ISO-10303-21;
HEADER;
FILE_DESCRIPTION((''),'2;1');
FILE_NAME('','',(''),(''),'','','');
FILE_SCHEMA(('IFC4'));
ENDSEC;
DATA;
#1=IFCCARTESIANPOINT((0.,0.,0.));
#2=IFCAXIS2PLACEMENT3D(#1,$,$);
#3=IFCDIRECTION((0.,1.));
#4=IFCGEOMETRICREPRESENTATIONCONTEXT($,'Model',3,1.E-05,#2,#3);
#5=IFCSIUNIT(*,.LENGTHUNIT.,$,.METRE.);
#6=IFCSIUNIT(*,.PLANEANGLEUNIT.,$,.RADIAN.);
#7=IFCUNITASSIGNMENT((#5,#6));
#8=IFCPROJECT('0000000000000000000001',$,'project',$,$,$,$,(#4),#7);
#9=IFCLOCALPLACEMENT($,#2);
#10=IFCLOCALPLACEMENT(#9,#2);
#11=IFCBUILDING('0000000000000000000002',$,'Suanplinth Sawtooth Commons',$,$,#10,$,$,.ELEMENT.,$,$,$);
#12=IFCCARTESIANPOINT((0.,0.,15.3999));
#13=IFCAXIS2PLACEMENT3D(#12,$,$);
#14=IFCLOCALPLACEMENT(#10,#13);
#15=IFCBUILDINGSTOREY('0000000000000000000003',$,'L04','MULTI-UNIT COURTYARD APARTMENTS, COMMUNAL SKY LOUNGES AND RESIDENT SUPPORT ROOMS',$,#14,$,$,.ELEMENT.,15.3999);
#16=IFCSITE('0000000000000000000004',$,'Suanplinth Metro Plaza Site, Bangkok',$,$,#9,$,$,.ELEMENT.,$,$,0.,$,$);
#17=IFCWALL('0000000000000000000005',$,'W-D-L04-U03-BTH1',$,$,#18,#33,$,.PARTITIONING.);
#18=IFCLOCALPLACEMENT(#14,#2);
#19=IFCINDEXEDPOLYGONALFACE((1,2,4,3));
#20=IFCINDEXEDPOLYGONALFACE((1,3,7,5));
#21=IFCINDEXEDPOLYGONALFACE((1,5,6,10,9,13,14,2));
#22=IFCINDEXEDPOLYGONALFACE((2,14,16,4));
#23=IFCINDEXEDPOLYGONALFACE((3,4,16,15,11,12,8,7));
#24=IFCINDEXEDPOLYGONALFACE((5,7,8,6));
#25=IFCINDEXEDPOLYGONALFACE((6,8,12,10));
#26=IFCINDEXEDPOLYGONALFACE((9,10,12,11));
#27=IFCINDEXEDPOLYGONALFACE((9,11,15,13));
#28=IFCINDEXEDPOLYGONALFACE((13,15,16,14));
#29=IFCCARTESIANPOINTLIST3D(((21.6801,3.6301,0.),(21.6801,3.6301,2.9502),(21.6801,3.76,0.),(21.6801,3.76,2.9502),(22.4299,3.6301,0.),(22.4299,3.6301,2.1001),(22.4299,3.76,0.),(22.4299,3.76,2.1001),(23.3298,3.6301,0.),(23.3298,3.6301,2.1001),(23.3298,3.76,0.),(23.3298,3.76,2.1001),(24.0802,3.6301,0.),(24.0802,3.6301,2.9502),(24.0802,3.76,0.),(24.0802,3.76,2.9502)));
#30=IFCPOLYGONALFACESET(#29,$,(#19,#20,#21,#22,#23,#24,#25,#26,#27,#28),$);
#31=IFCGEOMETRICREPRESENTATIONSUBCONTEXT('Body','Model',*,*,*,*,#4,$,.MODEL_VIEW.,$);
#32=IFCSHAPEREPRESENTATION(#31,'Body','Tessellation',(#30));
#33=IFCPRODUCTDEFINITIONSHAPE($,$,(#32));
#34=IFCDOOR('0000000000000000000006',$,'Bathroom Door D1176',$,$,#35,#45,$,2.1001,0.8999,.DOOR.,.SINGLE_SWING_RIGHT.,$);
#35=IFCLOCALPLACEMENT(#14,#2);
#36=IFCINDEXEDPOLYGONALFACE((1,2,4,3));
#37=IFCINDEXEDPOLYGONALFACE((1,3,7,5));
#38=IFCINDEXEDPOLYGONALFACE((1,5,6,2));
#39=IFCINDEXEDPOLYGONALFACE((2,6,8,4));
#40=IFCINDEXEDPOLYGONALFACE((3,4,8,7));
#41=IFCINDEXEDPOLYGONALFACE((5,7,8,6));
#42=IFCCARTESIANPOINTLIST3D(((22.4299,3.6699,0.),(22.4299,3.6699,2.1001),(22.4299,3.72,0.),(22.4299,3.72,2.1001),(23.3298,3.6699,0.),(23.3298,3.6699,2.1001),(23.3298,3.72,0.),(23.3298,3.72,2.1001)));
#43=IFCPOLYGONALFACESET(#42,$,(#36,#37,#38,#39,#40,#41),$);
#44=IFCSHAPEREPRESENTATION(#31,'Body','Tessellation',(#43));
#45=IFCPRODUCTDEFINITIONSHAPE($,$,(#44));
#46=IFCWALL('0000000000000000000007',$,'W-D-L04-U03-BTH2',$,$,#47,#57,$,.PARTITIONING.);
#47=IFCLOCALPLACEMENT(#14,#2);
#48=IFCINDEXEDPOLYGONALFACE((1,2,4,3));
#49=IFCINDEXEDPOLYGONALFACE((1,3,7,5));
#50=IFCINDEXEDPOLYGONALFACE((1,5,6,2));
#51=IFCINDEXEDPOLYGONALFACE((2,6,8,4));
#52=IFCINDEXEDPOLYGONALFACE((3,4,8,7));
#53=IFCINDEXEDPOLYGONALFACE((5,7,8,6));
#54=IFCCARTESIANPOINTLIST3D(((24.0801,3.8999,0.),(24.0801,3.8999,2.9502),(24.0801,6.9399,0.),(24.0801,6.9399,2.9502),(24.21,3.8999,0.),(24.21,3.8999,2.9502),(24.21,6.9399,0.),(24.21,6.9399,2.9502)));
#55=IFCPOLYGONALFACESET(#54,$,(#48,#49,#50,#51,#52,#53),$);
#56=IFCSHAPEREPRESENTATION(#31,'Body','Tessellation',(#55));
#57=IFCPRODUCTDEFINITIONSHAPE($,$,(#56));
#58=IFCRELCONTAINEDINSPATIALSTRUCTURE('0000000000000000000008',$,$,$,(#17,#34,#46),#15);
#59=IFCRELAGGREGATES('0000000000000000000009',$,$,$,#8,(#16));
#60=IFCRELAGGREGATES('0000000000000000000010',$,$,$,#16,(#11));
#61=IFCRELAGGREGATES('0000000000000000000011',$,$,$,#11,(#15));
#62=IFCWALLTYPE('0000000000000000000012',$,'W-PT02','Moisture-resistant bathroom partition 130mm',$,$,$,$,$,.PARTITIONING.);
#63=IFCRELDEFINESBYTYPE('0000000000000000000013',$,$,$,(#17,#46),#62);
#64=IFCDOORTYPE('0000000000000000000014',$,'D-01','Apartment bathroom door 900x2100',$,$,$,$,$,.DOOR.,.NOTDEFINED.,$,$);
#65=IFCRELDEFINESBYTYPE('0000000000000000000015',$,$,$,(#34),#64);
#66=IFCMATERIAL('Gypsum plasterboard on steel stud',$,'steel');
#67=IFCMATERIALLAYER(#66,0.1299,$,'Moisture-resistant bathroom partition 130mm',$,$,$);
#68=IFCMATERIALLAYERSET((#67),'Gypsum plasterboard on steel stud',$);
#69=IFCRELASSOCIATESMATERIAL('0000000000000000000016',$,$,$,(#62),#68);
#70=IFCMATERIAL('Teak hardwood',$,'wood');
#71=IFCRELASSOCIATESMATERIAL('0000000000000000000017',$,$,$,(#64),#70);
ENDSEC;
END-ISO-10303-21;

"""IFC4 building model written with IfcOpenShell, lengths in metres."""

from ifc_helpers import new_model, si_unit, direction, frame, frame_2d, origin, place, context, subcontext, project, spatial, rectangle, extrude, material, layer, layer_set, type_object, element, fill, save


model = new_model("IFC4")

# Units and contexts
model_context = context("Model", 3, precision=1e-05, world=origin(), true_north=direction((0.0, 1.0)))
body_context = subcontext(model_context, "Body", "Model", "MODEL_VIEW")
ifc_project = project(units=[si_unit("LENGTHUNIT", "METRE"), si_unit("PLANEANGLEUNIT", "RADIAN")], contexts=[model_context])

# Site, building, storey
site_placement = place(None, origin())
site = spatial("IfcSite", under=ifc_project, at=site_placement, Name="Suanplinth Metro Plaza Site, Bangkok", CompositionType="ELEMENT", RefElevation=0.0)
building_placement = place(site_placement, origin())
building = spatial("IfcBuilding", under=site, at=building_placement, Name="Suanplinth Sawtooth Commons", CompositionType="ELEMENT")
storey_placement = place(building_placement, frame((0.0, 0.0, 15.3999)))
storey = spatial("IfcBuildingStorey", under=building, at=storey_placement, Name="L04", Description="MULTI-UNIT COURTYARD APARTMENTS, COMMUNAL SKY LOUNGES AND RESIDENT SUPPORT ROOMS", CompositionType="ELEMENT", Elevation=15.3999)

# Shared definitions
ifc_material_1 = material(Name="Gypsum plasterboard on steel stud", Category="steel")
ifc_material_2 = material(Name="Teak hardwood", Category="wood")

# Wall, opening, door
ifc_layer_1 = layer(ifc_material_1, 0.1299, Name="Moisture-resistant bathroom partition 130mm")
ifc_layer_set_1 = layer_set([ifc_layer_1], Name="Gypsum plasterboard on steel stud")
wall_type_1 = type_object("IfcWallType", Name="W-PT02", Description="Moisture-resistant bathroom partition 130mm", PredefinedType="PARTITIONING", material=ifc_layer_set_1)
wall_1_placement = place(storey_placement, frame((21.6799, 3.6951, 0.0), z_axis=(0.0, 0.0, 1.0), x_axis=(1.0, 0.0, 0.0)))
wall_1 = element("IfcWall", 1, at=wall_1_placement, inside=storey, type_object=wall_type_1, Name="W-D-L04-U03-BTH1", PredefinedType="PARTITIONING", context=body_context, shape_type="SweptSolid", body=[
    extrude(rectangle(XDim=2.4001, YDim=0.1299, at=frame_2d((1.2002, 0.0))), origin(), (0.0, 0.0, 1.0), 2.9502),
])
opening_1_placement = place(wall_1_placement, frame((0.75, 0.0, 0.0)))
opening_1 = element("IfcOpeningElement", 2, at=opening_1_placement, cuts=wall_1, PredefinedType="OPENING", context=body_context, shape_type="SweptSolid", body=[
    extrude(rectangle(XDim=0.8999, YDim=2.1001, at=frame_2d((0.45, 1.05))), frame((0.0, 0.0798, 0.0), z_axis=(0.0, -1.0, 0.0), x_axis=(1.0, 0.0, 0.0)), (0.0, 0.0, 1.0), 0.1597),
])
door_type_1 = type_object("IfcDoorType", Name="D-01", Description="Apartment bathroom door 900x2100", OperationType="NOTDEFINED", PredefinedType="DOOR", material=ifc_material_2)
door_1_placement = place(opening_1_placement, origin())
door_1 = element("IfcDoor", 3, at=door_1_placement, inside=storey, type_object=door_type_1, Name="Bathroom Door D1176", OperationType="SINGLE_SWING_RIGHT", OverallHeight=2.1001, OverallWidth=0.8999, PredefinedType="DOOR", context=body_context, shape_type="SweptSolid", body=[
    extrude(rectangle(XDim=0.8999, YDim=2.1001, at=frame_2d((0.45, 1.05))), frame((0.0, 0.0249, 0.0), z_axis=(0.0, -1.0, 0.0), x_axis=(1.0, 0.0, 0.0)), (0.0, 0.0, 1.0), 0.05),
])
fill(opening_1, door_1)

# Wall
wall_2_placement = place(storey_placement, frame((24.145, 3.8999, 0.0), z_axis=(0.0, 0.0, 1.0), x_axis=(0.0, 1.0, 0.0)))
element("IfcWall", 4, at=wall_2_placement, inside=storey, type_object=wall_type_1, Name="W-D-L04-U03-BTH2", PredefinedType="PARTITIONING", context=body_context, shape_type="SweptSolid", body=[
    extrude(rectangle(XDim=3.04, YDim=0.1299, at=frame_2d((1.52, 0.0))), origin(), (0.0, 0.0, 1.0), 2.9502),
])

save(model, "model.ifc")
